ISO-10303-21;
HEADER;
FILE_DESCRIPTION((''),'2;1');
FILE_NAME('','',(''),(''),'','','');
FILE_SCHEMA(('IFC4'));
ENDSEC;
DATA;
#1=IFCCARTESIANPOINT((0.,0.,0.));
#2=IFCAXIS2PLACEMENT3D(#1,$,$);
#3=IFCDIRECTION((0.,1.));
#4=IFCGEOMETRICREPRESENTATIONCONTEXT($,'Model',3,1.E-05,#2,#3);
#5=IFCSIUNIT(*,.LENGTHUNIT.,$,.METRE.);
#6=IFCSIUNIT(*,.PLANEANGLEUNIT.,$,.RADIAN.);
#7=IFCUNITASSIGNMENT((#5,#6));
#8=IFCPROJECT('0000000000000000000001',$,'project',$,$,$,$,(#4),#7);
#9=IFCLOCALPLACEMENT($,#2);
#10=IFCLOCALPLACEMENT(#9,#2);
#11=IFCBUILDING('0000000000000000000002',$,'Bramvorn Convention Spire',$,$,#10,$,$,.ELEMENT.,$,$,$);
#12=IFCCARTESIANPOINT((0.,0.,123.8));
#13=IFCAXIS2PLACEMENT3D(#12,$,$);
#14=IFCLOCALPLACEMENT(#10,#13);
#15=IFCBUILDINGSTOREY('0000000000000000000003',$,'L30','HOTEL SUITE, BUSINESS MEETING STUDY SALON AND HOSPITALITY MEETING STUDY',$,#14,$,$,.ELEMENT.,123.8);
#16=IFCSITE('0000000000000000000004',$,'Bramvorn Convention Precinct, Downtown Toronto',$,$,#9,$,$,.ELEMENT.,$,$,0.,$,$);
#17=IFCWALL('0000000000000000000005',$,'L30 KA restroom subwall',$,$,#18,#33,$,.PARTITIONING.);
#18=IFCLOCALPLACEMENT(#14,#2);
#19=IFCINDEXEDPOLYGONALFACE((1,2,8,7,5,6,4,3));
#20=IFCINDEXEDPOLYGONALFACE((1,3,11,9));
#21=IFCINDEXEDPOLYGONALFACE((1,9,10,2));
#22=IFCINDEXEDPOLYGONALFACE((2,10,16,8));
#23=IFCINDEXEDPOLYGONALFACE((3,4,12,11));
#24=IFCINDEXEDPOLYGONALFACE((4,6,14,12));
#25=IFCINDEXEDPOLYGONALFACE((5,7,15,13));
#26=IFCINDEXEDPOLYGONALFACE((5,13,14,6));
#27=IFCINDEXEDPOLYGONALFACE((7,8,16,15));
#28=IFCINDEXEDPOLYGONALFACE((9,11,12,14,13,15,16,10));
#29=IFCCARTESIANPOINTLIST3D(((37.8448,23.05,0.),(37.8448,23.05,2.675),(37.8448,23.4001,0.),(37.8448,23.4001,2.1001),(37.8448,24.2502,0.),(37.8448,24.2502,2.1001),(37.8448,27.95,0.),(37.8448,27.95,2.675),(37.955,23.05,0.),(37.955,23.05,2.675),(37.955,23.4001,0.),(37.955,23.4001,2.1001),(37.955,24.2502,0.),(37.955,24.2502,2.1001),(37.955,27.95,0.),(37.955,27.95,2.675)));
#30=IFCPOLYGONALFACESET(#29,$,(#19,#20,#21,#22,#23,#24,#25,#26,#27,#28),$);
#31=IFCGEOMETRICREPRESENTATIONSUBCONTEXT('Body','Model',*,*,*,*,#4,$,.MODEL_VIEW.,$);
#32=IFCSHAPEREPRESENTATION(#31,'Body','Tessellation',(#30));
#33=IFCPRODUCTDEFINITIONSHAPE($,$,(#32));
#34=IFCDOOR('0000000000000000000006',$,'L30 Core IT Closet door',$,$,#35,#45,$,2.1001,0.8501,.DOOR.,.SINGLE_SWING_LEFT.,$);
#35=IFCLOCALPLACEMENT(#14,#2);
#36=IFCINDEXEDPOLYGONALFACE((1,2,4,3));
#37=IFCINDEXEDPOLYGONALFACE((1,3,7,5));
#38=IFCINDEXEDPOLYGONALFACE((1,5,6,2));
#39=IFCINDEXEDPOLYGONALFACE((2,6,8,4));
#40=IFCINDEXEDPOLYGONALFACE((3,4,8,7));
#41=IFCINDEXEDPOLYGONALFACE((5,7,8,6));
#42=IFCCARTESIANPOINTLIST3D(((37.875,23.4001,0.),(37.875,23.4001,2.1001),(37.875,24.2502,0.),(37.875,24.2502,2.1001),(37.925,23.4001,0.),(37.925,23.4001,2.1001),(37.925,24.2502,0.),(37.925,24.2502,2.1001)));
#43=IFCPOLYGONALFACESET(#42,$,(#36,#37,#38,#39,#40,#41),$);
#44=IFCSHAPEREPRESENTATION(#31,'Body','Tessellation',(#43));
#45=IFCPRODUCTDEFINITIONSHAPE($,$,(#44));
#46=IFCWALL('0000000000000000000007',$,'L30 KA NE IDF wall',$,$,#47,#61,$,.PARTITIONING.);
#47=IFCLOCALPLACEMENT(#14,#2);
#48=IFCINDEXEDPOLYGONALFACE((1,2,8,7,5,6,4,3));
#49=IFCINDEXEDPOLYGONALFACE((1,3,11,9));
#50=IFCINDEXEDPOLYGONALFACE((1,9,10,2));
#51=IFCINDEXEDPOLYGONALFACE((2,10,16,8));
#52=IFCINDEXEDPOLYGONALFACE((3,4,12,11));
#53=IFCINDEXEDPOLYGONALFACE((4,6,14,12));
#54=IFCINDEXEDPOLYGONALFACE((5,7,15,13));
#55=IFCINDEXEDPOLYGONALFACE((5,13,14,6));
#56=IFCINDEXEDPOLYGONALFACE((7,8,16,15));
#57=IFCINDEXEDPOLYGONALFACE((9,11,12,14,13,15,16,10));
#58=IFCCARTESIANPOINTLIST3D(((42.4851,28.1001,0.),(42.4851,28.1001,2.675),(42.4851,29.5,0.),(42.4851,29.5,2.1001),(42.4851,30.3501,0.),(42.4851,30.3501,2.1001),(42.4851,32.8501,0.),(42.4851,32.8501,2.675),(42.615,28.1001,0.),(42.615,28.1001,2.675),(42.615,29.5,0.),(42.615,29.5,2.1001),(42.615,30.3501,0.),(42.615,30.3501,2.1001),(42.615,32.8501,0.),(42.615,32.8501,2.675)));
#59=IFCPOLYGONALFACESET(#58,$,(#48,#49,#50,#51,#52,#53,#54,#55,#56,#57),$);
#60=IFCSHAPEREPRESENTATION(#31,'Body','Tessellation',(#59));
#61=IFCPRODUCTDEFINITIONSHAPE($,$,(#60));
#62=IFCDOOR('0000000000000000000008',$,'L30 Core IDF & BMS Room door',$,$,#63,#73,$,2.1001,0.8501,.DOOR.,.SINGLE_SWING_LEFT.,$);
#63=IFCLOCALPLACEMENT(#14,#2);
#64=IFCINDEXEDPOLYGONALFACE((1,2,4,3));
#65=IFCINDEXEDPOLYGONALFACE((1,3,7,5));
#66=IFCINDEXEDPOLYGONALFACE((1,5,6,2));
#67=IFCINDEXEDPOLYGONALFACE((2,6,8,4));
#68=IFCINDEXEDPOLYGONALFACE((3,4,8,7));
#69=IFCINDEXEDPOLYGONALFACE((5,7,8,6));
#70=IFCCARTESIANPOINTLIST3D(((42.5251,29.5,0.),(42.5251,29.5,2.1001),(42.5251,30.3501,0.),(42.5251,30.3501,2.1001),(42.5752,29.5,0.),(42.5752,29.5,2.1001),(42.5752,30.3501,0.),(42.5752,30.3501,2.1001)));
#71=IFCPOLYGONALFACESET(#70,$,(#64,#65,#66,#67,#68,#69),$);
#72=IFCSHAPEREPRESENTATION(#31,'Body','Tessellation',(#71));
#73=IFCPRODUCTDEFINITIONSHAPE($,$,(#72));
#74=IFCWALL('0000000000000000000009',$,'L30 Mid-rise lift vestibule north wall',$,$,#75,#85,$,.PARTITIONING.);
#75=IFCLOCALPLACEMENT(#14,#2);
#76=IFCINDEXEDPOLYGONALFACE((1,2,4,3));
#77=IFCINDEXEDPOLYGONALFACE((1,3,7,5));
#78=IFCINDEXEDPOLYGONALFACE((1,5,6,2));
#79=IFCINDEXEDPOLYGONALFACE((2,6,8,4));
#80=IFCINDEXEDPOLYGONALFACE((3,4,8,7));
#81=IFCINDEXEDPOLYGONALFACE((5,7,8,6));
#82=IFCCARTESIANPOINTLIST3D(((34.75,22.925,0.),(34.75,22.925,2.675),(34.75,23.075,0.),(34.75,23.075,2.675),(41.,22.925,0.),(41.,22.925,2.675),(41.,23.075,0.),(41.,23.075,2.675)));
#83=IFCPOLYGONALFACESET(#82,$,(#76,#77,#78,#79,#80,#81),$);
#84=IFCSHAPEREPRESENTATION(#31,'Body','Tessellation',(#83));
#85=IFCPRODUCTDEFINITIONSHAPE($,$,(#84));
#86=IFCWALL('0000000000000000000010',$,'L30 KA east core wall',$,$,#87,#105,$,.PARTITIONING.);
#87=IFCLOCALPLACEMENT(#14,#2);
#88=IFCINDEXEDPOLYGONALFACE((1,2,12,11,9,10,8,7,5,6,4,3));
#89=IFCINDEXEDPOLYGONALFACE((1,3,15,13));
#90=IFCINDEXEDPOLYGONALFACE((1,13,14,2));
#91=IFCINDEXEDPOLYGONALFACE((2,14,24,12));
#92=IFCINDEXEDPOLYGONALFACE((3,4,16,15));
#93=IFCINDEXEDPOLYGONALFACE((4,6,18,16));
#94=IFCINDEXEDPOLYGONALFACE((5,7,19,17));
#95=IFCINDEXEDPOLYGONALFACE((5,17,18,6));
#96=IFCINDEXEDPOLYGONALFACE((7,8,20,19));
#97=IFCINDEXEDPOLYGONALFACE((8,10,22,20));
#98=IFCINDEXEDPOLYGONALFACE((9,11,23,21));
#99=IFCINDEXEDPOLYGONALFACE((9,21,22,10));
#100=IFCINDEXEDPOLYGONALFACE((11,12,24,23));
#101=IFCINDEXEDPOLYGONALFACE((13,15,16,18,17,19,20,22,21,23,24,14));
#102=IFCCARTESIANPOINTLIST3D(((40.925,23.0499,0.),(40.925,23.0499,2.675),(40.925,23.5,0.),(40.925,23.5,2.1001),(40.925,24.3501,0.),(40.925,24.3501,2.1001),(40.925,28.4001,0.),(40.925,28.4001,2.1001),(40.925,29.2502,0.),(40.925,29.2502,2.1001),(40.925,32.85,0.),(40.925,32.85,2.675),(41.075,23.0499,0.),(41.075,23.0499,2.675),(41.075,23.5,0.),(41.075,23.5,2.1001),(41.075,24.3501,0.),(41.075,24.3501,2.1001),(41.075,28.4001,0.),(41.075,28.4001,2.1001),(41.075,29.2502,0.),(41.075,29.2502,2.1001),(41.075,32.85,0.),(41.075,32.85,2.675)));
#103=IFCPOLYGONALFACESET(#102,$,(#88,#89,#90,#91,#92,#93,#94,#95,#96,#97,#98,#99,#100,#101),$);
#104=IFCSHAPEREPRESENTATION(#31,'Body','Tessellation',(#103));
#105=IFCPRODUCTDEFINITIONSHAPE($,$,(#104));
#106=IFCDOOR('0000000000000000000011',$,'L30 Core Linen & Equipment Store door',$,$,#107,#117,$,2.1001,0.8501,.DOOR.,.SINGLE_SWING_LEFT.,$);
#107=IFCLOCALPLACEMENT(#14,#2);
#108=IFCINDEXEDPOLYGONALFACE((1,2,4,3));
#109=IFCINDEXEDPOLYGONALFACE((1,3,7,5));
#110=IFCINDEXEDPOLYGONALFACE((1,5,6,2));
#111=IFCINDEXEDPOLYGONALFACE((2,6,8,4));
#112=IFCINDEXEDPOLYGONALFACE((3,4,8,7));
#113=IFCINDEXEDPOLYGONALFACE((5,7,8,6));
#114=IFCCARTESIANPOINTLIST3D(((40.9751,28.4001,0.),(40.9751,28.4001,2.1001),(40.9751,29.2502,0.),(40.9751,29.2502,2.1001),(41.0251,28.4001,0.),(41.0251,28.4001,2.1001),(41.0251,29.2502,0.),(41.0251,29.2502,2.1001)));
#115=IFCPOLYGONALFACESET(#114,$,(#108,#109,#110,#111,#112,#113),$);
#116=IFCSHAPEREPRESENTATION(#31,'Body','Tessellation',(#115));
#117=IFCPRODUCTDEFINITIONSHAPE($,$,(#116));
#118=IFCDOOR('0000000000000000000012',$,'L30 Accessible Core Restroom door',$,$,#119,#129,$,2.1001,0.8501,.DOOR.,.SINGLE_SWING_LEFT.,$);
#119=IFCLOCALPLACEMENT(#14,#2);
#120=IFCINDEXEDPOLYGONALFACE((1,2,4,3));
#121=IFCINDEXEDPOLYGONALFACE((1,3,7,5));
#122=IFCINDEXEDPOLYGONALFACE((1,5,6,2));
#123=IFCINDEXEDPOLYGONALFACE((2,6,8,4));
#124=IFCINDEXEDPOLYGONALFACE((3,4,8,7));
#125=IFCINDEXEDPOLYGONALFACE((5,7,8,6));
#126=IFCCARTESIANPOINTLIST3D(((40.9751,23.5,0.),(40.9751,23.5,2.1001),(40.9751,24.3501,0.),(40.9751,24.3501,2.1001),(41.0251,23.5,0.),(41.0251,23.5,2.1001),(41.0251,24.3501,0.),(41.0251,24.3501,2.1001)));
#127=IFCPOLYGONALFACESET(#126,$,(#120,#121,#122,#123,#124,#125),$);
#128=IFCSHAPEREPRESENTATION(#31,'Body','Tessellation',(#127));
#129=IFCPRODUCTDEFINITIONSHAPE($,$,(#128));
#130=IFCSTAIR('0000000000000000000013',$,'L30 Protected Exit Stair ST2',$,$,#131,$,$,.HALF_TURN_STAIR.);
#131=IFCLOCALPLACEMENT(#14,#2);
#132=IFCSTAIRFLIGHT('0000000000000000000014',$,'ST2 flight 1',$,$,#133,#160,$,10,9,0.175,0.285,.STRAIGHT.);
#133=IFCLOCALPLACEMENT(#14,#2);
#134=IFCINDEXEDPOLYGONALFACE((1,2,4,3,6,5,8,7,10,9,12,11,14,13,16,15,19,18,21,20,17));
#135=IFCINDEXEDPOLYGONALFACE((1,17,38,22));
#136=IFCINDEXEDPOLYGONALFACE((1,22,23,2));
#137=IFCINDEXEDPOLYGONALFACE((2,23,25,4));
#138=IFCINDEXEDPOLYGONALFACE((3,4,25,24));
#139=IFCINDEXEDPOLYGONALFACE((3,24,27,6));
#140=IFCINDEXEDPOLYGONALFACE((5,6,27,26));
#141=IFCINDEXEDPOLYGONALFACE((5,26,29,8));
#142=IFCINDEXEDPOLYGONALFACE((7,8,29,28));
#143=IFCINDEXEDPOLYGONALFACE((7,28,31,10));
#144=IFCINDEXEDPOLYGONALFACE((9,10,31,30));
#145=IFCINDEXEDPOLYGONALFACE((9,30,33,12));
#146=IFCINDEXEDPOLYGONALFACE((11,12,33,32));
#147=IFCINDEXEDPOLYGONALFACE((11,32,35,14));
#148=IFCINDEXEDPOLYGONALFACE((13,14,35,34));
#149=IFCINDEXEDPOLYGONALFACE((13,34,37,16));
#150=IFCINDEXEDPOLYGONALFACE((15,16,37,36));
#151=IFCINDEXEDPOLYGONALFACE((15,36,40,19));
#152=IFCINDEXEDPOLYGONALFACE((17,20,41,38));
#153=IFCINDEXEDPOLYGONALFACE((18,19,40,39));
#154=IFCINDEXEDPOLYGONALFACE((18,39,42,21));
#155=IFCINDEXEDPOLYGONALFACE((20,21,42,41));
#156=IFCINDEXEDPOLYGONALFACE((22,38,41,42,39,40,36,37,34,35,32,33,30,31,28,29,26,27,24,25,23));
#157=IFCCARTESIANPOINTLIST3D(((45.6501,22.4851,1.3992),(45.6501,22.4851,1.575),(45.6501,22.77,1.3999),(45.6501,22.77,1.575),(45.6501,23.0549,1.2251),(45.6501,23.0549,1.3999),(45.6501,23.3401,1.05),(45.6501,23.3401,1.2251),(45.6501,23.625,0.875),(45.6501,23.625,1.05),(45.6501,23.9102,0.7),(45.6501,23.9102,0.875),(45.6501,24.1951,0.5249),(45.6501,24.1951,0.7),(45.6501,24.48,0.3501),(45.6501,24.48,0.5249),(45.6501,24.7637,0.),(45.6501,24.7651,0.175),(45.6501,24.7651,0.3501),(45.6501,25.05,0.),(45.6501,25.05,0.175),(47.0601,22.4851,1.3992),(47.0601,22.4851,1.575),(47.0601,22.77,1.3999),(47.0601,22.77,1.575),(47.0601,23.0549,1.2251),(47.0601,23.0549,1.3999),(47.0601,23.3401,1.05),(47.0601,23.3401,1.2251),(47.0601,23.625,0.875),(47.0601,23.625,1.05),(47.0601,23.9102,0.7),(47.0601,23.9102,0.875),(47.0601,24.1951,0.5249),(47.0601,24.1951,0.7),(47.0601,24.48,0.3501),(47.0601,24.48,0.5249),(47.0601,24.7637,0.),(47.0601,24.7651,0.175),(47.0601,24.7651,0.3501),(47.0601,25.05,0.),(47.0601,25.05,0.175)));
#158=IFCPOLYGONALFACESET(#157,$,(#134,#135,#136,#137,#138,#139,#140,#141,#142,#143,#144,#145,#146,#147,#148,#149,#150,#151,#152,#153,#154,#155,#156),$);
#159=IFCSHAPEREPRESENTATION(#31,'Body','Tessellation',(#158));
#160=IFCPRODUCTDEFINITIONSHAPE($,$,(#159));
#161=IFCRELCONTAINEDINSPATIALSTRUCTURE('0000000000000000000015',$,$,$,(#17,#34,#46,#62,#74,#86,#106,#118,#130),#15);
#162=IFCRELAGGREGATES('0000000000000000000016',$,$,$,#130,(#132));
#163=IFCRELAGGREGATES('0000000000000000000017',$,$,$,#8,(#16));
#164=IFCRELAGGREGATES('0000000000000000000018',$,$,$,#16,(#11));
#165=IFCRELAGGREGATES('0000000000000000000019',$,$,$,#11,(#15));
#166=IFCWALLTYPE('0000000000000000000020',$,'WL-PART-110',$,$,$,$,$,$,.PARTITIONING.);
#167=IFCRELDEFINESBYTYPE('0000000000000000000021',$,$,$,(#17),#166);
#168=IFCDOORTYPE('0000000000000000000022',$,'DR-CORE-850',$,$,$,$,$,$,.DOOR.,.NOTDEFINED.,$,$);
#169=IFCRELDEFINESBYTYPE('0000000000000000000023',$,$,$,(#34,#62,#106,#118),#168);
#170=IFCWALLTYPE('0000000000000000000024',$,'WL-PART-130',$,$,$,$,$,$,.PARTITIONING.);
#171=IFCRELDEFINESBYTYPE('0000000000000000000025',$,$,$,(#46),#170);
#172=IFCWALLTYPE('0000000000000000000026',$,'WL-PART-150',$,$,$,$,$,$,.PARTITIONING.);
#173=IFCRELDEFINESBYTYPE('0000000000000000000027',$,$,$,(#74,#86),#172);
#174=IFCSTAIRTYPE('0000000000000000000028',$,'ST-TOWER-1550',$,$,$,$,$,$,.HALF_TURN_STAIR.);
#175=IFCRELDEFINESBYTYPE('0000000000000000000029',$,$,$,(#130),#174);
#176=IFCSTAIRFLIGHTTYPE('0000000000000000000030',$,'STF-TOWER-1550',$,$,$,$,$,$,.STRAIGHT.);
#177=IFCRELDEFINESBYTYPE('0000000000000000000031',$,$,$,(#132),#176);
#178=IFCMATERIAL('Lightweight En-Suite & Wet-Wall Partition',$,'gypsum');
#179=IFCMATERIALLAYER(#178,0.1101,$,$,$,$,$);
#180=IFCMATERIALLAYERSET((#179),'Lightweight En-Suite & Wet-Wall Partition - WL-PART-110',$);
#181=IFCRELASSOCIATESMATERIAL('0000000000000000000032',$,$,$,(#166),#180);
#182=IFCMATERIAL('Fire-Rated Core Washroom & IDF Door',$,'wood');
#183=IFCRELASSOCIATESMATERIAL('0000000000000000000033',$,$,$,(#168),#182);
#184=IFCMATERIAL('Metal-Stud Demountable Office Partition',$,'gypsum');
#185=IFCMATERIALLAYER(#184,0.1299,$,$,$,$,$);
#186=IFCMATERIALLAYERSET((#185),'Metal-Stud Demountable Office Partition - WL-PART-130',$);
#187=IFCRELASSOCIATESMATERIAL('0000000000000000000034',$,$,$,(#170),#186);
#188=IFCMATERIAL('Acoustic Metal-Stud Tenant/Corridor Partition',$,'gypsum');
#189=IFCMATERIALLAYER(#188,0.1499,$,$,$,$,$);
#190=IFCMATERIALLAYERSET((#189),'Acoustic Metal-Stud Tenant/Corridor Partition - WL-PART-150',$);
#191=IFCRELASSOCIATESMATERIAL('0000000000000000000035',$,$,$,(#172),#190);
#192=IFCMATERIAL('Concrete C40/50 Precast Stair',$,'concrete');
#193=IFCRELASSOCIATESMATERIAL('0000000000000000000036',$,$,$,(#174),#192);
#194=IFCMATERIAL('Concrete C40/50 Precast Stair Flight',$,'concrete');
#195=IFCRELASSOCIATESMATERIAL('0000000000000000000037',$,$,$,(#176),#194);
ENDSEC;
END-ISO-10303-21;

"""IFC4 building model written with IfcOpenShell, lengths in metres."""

from ifc_helpers import new_model, si_unit, direction, frame, frame_2d, origin, place, context, subcontext, project, spatial, polyline, rectangle, outline, extrude, material, layer, layer_set, type_object, element, fill, aggregate, save


model = new_model("IFC4")

# Units and contexts
model_context = context("Model", 3, precision=1e-05, world=origin(), true_north=direction((0.0, 1.0)))
body_context = subcontext(model_context, "Body", "Model", "MODEL_VIEW")
ifc_project = project(units=[si_unit("LENGTHUNIT", "METRE"), si_unit("PLANEANGLEUNIT", "RADIAN")], contexts=[model_context])

# Site, building, storey
site_placement = place(None, origin())
site = spatial("IfcSite", under=ifc_project, at=site_placement, Name="Bramvorn Convention Precinct, Downtown Toronto", CompositionType="ELEMENT", RefElevation=0.0)
building_placement = place(site_placement, origin())
building = spatial("IfcBuilding", under=site, at=building_placement, Name="Bramvorn Convention Spire", CompositionType="ELEMENT")
storey_placement = place(building_placement, frame((0.0, 0.0, 123.8)))
storey = spatial("IfcBuildingStorey", under=building, at=storey_placement, Name="L30", Description="HOTEL SUITE, BUSINESS MEETING STUDY SALON AND HOSPITALITY MEETING STUDY", CompositionType="ELEMENT", Elevation=123.8)

# Shared definitions
ifc_material_1 = material(Name="Lightweight En-Suite & Wet-Wall Partition", Category="gypsum")
ifc_layer_1 = layer(ifc_material_1, 0.1101)
ifc_layer_set_1 = layer_set([ifc_layer_1], Name="Lightweight En-Suite & Wet-Wall Partition - WL-PART-110")
wall_type_1 = type_object("IfcWallType", Name="WL-PART-110", PredefinedType="PARTITIONING", material=ifc_layer_set_1)

# Walls, openings, doors
wall_1_placement = place(storey_placement, frame((37.8999, 23.05, 0.0), z_axis=(0.0, 0.0, 1.0), x_axis=(0.0, 1.0, 0.0)))
wall_1 = element("IfcWall", 1, at=wall_1_placement, inside=storey, type_object=wall_type_1, Name="L30 KA restroom subwall", PredefinedType="PARTITIONING", context=body_context, shape_type="SweptSolid", body=[
    extrude(rectangle(XDim=4.8999, YDim=0.1101, at=frame_2d((2.45, 0.0))), origin(), (0.0, 0.0, 1.0), 2.675),
])
opening_1_placement = place(wall_1_placement, frame((0.3501, 0.0, 0.0)))
opening_1 = element("IfcOpeningElement", 2, at=opening_1_placement, cuts=wall_1, PredefinedType="OPENING", context=body_context, shape_type="SweptSolid", body=[
    extrude(rectangle(XDim=0.8501, YDim=2.1001, at=frame_2d((0.425, 1.05))), frame((0.0, 0.0649, 0.0), z_axis=(0.0, -1.0, 0.0), x_axis=(1.0, 0.0, 0.0)), (0.0, 0.0, 1.0), 0.1301),
])
ifc_material_2 = material(Name="Fire-Rated Core Washroom & IDF Door", Category="wood")
door_type_1 = type_object("IfcDoorType", Name="DR-CORE-850", OperationType="NOTDEFINED", PredefinedType="DOOR", material=ifc_material_2)
door_1_placement = place(opening_1_placement, origin())
door_1 = element("IfcDoor", 3, at=door_1_placement, inside=storey, type_object=door_type_1, Name="L30 Core IT Closet door", OperationType="SINGLE_SWING_LEFT", OverallHeight=2.1001, OverallWidth=0.8501, PredefinedType="DOOR", context=body_context, shape_type="SweptSolid", body=[
    extrude(rectangle(XDim=0.8501, YDim=2.1001, at=frame_2d((0.425, 1.05))), frame((0.0, 0.0249, 0.0), z_axis=(0.0, -1.0, 0.0), x_axis=(1.0, 0.0, 0.0)), (0.0, 0.0, 1.0), 0.05),
])
fill(opening_1, door_1)
ifc_material_3 = material(Name="Metal-Stud Demountable Office Partition", Category="gypsum")
ifc_layer_2 = layer(ifc_material_3, 0.1299)
ifc_layer_set_2 = layer_set([ifc_layer_2], Name="Metal-Stud Demountable Office Partition - WL-PART-130")
wall_type_2 = type_object("IfcWallType", Name="WL-PART-130", PredefinedType="PARTITIONING", material=ifc_layer_set_2)
wall_2_placement = place(storey_placement, frame((42.55, 28.1001, 0.0), z_axis=(0.0, 0.0, 1.0), x_axis=(0.0, 1.0, 0.0)))
wall_2 = element("IfcWall", 4, at=wall_2_placement, inside=storey, type_object=wall_type_2, Name="L30 KA NE IDF wall", PredefinedType="PARTITIONING", context=body_context, shape_type="SweptSolid", body=[
    extrude(rectangle(XDim=4.75, YDim=0.1299, at=frame_2d((2.375, 0.0))), origin(), (0.0, 0.0, 1.0), 2.675),
])
opening_2_placement = place(wall_2_placement, frame((1.3999, 0.0, 0.0)))
opening_2 = element("IfcOpeningElement", 5, at=opening_2_placement, cuts=wall_2, PredefinedType="OPENING", context=body_context, shape_type="SweptSolid", body=[
    extrude(rectangle(XDim=0.8501, YDim=2.1001, at=frame_2d((0.425, 1.05))), frame((0.0, 0.075, 0.0), z_axis=(0.0, -1.0, 0.0), x_axis=(1.0, 0.0, 0.0)), (0.0, 0.0, 1.0), 0.1499),
])
door_2_placement = place(opening_2_placement, origin())
door_2 = element("IfcDoor", 6, at=door_2_placement, inside=storey, type_object=door_type_1, Name="L30 Core IDF & BMS Room door", OperationType="SINGLE_SWING_LEFT", OverallHeight=2.1001, OverallWidth=0.8501, PredefinedType="DOOR", context=body_context, shape_type="SweptSolid", body=[
    extrude(rectangle(XDim=0.8501, YDim=2.1001, at=frame_2d((0.425, 1.05))), frame((0.0, 0.0249, 0.0), z_axis=(0.0, -1.0, 0.0), x_axis=(1.0, 0.0, 0.0)), (0.0, 0.0, 1.0), 0.05),
])
fill(opening_2, door_2)

# Wall
ifc_material_4 = material(Name="Acoustic Metal-Stud Tenant/Corridor Partition", Category="gypsum")
ifc_layer_3 = layer(ifc_material_4, 0.1499)
ifc_layer_set_3 = layer_set([ifc_layer_3], Name="Acoustic Metal-Stud Tenant/Corridor Partition - WL-PART-150")
wall_type_3 = type_object("IfcWallType", Name="WL-PART-150", PredefinedType="PARTITIONING", material=ifc_layer_set_3)
wall_3_placement = place(storey_placement, frame((34.75, 23.0, 0.0), z_axis=(0.0, 0.0, 1.0), x_axis=(1.0, 0.0, 0.0)))
element("IfcWall", 7, at=wall_3_placement, inside=storey, type_object=wall_type_3, Name="L30 Mid-rise lift vestibule north wall", PredefinedType="PARTITIONING", context=body_context, shape_type="SweptSolid", body=[
    extrude(rectangle(XDim=6.25, YDim=0.1499, at=frame_2d((3.125, 0.0))), origin(), (0.0, 0.0, 1.0), 2.675),
])

# Wall, openings, doors
wall_4_placement = place(storey_placement, frame((41.0, 23.05, 0.0), z_axis=(0.0, 0.0, 1.0), x_axis=(0.0, 1.0, 0.0)))
wall_4 = element("IfcWall", 8, at=wall_4_placement, inside=storey, type_object=wall_type_3, Name="L30 KA east core wall", PredefinedType="PARTITIONING", context=body_context, shape_type="SweptSolid", body=[
    extrude(rectangle(XDim=9.8, YDim=0.1499, at=frame_2d((4.8999, 0.0))), origin(), (0.0, 0.0, 1.0), 2.675),
])
opening_3_placement = place(wall_4_placement, frame((5.3501, 0.0, 0.0)))
opening_3 = element("IfcOpeningElement", 9, at=opening_3_placement, cuts=wall_4, PredefinedType="OPENING", context=body_context, shape_type="SweptSolid", body=[
    extrude(rectangle(XDim=0.8501, YDim=2.1001, at=frame_2d((0.425, 1.05))), frame((0.0, 0.085, 0.0), z_axis=(0.0, -1.0, 0.0), x_axis=(1.0, 0.0, 0.0)), (0.0, 0.0, 1.0), 0.1699),
])
opening_4_placement = place(wall_4_placement, frame((0.45, 0.0, 0.0)))
opening_4 = element("IfcOpeningElement", 10, at=opening_4_placement, cuts=wall_4, PredefinedType="OPENING", context=body_context, shape_type="SweptSolid", body=[
    extrude(rectangle(XDim=0.8501, YDim=2.1001, at=frame_2d((0.425, 1.05))), frame((0.0, 0.085, 0.0), z_axis=(0.0, -1.0, 0.0), x_axis=(1.0, 0.0, 0.0)), (0.0, 0.0, 1.0), 0.1699),
])
door_3_placement = place(opening_3_placement, origin())
door_3 = element("IfcDoor", 11, at=door_3_placement, inside=storey, type_object=door_type_1, Name="L30 Core Linen & Equipment Store door", OperationType="SINGLE_SWING_LEFT", OverallHeight=2.1001, OverallWidth=0.8501, PredefinedType="DOOR", context=body_context, shape_type="SweptSolid", body=[
    extrude(rectangle(XDim=0.8501, YDim=2.1001, at=frame_2d((0.425, 1.05))), frame((0.0, 0.0249, 0.0), z_axis=(0.0, -1.0, 0.0), x_axis=(1.0, 0.0, 0.0)), (0.0, 0.0, 1.0), 0.05),
])
fill(opening_3, door_3)
door_4_placement = place(opening_4_placement, origin())
door_4 = element("IfcDoor", 12, at=door_4_placement, inside=storey, type_object=door_type_1, Name="L30 Accessible Core Restroom door", OperationType="SINGLE_SWING_LEFT", OverallHeight=2.1001, OverallWidth=0.8501, PredefinedType="DOOR", context=body_context, shape_type="SweptSolid", body=[
    extrude(rectangle(XDim=0.8501, YDim=2.1001, at=frame_2d((0.425, 1.05))), frame((0.0, 0.0249, 0.0), z_axis=(0.0, -1.0, 0.0), x_axis=(1.0, 0.0, 0.0)), (0.0, 0.0, 1.0), 0.05),
])
fill(opening_4, door_4)

# Stair, stair flight
ifc_material_5 = material(Name="Concrete C40/50 Precast Stair", Category="concrete")
stair_type = type_object("IfcStairType", Name="ST-TOWER-1550", PredefinedType="HALF_TURN_STAIR", material=ifc_material_5)
stair_placement = place(storey_placement, origin())
stair = element("IfcStair", 13, at=stair_placement, inside=storey, type_object=stair_type, Name="L30 Protected Exit Stair ST2", PredefinedType="HALF_TURN_STAIR")
ifc_material_6 = material(Name="Concrete C40/50 Precast Stair Flight", Category="concrete")
stair_flight_type = type_object("IfcStairFlightType", Name="STF-TOWER-1550", PredefinedType="STRAIGHT", material=ifc_material_6)
stair_flight_placement = place(storey_placement, frame((46.355, 25.05, 0.0), z_axis=(0.0, 0.0, 1.0), x_axis=(0.0, -1.0, 0.0)))
stair_flight = element("IfcStairFlight", 14, at=stair_flight_placement, type_object=stair_flight_type, Name="ST2 flight 1", NumberOfRisers=10, NumberOfTreads=9, PredefinedType="STRAIGHT", RiserHeight=0.175, TreadLength=0.285, context=body_context, shape_type="SweptSolid", body=[
    extrude(outline(polyline([(0.0, 0.0), (0.0, 0.175), (0.2849, 0.175), (0.2849, 0.3501), (0.5701, 0.3501), (0.5701, 0.5249), (0.855, 0.5249), (0.855, 0.7), (1.1399, 0.7), (1.1399, 0.875), (1.425, 0.875), (1.425, 1.05), (1.71, 1.05), (1.71, 1.2251), (1.9951, 1.2251), (1.9951, 1.3999), (2.28, 1.3999), (2.28, 1.575), (2.5649, 1.575), (2.5649, 1.75), (2.5649, 1.3992), (0.2864, 0.0), (0.0, 0.0)])), frame((0.0, 0.7051, 0.0), z_axis=(0.0, -1.0, 0.0), x_axis=(1.0, 0.0, 0.0)), (0.0, 0.0, 1.0), 1.4099),
])
aggregate(stair, [stair_flight])

save(model, "model.ifc")
